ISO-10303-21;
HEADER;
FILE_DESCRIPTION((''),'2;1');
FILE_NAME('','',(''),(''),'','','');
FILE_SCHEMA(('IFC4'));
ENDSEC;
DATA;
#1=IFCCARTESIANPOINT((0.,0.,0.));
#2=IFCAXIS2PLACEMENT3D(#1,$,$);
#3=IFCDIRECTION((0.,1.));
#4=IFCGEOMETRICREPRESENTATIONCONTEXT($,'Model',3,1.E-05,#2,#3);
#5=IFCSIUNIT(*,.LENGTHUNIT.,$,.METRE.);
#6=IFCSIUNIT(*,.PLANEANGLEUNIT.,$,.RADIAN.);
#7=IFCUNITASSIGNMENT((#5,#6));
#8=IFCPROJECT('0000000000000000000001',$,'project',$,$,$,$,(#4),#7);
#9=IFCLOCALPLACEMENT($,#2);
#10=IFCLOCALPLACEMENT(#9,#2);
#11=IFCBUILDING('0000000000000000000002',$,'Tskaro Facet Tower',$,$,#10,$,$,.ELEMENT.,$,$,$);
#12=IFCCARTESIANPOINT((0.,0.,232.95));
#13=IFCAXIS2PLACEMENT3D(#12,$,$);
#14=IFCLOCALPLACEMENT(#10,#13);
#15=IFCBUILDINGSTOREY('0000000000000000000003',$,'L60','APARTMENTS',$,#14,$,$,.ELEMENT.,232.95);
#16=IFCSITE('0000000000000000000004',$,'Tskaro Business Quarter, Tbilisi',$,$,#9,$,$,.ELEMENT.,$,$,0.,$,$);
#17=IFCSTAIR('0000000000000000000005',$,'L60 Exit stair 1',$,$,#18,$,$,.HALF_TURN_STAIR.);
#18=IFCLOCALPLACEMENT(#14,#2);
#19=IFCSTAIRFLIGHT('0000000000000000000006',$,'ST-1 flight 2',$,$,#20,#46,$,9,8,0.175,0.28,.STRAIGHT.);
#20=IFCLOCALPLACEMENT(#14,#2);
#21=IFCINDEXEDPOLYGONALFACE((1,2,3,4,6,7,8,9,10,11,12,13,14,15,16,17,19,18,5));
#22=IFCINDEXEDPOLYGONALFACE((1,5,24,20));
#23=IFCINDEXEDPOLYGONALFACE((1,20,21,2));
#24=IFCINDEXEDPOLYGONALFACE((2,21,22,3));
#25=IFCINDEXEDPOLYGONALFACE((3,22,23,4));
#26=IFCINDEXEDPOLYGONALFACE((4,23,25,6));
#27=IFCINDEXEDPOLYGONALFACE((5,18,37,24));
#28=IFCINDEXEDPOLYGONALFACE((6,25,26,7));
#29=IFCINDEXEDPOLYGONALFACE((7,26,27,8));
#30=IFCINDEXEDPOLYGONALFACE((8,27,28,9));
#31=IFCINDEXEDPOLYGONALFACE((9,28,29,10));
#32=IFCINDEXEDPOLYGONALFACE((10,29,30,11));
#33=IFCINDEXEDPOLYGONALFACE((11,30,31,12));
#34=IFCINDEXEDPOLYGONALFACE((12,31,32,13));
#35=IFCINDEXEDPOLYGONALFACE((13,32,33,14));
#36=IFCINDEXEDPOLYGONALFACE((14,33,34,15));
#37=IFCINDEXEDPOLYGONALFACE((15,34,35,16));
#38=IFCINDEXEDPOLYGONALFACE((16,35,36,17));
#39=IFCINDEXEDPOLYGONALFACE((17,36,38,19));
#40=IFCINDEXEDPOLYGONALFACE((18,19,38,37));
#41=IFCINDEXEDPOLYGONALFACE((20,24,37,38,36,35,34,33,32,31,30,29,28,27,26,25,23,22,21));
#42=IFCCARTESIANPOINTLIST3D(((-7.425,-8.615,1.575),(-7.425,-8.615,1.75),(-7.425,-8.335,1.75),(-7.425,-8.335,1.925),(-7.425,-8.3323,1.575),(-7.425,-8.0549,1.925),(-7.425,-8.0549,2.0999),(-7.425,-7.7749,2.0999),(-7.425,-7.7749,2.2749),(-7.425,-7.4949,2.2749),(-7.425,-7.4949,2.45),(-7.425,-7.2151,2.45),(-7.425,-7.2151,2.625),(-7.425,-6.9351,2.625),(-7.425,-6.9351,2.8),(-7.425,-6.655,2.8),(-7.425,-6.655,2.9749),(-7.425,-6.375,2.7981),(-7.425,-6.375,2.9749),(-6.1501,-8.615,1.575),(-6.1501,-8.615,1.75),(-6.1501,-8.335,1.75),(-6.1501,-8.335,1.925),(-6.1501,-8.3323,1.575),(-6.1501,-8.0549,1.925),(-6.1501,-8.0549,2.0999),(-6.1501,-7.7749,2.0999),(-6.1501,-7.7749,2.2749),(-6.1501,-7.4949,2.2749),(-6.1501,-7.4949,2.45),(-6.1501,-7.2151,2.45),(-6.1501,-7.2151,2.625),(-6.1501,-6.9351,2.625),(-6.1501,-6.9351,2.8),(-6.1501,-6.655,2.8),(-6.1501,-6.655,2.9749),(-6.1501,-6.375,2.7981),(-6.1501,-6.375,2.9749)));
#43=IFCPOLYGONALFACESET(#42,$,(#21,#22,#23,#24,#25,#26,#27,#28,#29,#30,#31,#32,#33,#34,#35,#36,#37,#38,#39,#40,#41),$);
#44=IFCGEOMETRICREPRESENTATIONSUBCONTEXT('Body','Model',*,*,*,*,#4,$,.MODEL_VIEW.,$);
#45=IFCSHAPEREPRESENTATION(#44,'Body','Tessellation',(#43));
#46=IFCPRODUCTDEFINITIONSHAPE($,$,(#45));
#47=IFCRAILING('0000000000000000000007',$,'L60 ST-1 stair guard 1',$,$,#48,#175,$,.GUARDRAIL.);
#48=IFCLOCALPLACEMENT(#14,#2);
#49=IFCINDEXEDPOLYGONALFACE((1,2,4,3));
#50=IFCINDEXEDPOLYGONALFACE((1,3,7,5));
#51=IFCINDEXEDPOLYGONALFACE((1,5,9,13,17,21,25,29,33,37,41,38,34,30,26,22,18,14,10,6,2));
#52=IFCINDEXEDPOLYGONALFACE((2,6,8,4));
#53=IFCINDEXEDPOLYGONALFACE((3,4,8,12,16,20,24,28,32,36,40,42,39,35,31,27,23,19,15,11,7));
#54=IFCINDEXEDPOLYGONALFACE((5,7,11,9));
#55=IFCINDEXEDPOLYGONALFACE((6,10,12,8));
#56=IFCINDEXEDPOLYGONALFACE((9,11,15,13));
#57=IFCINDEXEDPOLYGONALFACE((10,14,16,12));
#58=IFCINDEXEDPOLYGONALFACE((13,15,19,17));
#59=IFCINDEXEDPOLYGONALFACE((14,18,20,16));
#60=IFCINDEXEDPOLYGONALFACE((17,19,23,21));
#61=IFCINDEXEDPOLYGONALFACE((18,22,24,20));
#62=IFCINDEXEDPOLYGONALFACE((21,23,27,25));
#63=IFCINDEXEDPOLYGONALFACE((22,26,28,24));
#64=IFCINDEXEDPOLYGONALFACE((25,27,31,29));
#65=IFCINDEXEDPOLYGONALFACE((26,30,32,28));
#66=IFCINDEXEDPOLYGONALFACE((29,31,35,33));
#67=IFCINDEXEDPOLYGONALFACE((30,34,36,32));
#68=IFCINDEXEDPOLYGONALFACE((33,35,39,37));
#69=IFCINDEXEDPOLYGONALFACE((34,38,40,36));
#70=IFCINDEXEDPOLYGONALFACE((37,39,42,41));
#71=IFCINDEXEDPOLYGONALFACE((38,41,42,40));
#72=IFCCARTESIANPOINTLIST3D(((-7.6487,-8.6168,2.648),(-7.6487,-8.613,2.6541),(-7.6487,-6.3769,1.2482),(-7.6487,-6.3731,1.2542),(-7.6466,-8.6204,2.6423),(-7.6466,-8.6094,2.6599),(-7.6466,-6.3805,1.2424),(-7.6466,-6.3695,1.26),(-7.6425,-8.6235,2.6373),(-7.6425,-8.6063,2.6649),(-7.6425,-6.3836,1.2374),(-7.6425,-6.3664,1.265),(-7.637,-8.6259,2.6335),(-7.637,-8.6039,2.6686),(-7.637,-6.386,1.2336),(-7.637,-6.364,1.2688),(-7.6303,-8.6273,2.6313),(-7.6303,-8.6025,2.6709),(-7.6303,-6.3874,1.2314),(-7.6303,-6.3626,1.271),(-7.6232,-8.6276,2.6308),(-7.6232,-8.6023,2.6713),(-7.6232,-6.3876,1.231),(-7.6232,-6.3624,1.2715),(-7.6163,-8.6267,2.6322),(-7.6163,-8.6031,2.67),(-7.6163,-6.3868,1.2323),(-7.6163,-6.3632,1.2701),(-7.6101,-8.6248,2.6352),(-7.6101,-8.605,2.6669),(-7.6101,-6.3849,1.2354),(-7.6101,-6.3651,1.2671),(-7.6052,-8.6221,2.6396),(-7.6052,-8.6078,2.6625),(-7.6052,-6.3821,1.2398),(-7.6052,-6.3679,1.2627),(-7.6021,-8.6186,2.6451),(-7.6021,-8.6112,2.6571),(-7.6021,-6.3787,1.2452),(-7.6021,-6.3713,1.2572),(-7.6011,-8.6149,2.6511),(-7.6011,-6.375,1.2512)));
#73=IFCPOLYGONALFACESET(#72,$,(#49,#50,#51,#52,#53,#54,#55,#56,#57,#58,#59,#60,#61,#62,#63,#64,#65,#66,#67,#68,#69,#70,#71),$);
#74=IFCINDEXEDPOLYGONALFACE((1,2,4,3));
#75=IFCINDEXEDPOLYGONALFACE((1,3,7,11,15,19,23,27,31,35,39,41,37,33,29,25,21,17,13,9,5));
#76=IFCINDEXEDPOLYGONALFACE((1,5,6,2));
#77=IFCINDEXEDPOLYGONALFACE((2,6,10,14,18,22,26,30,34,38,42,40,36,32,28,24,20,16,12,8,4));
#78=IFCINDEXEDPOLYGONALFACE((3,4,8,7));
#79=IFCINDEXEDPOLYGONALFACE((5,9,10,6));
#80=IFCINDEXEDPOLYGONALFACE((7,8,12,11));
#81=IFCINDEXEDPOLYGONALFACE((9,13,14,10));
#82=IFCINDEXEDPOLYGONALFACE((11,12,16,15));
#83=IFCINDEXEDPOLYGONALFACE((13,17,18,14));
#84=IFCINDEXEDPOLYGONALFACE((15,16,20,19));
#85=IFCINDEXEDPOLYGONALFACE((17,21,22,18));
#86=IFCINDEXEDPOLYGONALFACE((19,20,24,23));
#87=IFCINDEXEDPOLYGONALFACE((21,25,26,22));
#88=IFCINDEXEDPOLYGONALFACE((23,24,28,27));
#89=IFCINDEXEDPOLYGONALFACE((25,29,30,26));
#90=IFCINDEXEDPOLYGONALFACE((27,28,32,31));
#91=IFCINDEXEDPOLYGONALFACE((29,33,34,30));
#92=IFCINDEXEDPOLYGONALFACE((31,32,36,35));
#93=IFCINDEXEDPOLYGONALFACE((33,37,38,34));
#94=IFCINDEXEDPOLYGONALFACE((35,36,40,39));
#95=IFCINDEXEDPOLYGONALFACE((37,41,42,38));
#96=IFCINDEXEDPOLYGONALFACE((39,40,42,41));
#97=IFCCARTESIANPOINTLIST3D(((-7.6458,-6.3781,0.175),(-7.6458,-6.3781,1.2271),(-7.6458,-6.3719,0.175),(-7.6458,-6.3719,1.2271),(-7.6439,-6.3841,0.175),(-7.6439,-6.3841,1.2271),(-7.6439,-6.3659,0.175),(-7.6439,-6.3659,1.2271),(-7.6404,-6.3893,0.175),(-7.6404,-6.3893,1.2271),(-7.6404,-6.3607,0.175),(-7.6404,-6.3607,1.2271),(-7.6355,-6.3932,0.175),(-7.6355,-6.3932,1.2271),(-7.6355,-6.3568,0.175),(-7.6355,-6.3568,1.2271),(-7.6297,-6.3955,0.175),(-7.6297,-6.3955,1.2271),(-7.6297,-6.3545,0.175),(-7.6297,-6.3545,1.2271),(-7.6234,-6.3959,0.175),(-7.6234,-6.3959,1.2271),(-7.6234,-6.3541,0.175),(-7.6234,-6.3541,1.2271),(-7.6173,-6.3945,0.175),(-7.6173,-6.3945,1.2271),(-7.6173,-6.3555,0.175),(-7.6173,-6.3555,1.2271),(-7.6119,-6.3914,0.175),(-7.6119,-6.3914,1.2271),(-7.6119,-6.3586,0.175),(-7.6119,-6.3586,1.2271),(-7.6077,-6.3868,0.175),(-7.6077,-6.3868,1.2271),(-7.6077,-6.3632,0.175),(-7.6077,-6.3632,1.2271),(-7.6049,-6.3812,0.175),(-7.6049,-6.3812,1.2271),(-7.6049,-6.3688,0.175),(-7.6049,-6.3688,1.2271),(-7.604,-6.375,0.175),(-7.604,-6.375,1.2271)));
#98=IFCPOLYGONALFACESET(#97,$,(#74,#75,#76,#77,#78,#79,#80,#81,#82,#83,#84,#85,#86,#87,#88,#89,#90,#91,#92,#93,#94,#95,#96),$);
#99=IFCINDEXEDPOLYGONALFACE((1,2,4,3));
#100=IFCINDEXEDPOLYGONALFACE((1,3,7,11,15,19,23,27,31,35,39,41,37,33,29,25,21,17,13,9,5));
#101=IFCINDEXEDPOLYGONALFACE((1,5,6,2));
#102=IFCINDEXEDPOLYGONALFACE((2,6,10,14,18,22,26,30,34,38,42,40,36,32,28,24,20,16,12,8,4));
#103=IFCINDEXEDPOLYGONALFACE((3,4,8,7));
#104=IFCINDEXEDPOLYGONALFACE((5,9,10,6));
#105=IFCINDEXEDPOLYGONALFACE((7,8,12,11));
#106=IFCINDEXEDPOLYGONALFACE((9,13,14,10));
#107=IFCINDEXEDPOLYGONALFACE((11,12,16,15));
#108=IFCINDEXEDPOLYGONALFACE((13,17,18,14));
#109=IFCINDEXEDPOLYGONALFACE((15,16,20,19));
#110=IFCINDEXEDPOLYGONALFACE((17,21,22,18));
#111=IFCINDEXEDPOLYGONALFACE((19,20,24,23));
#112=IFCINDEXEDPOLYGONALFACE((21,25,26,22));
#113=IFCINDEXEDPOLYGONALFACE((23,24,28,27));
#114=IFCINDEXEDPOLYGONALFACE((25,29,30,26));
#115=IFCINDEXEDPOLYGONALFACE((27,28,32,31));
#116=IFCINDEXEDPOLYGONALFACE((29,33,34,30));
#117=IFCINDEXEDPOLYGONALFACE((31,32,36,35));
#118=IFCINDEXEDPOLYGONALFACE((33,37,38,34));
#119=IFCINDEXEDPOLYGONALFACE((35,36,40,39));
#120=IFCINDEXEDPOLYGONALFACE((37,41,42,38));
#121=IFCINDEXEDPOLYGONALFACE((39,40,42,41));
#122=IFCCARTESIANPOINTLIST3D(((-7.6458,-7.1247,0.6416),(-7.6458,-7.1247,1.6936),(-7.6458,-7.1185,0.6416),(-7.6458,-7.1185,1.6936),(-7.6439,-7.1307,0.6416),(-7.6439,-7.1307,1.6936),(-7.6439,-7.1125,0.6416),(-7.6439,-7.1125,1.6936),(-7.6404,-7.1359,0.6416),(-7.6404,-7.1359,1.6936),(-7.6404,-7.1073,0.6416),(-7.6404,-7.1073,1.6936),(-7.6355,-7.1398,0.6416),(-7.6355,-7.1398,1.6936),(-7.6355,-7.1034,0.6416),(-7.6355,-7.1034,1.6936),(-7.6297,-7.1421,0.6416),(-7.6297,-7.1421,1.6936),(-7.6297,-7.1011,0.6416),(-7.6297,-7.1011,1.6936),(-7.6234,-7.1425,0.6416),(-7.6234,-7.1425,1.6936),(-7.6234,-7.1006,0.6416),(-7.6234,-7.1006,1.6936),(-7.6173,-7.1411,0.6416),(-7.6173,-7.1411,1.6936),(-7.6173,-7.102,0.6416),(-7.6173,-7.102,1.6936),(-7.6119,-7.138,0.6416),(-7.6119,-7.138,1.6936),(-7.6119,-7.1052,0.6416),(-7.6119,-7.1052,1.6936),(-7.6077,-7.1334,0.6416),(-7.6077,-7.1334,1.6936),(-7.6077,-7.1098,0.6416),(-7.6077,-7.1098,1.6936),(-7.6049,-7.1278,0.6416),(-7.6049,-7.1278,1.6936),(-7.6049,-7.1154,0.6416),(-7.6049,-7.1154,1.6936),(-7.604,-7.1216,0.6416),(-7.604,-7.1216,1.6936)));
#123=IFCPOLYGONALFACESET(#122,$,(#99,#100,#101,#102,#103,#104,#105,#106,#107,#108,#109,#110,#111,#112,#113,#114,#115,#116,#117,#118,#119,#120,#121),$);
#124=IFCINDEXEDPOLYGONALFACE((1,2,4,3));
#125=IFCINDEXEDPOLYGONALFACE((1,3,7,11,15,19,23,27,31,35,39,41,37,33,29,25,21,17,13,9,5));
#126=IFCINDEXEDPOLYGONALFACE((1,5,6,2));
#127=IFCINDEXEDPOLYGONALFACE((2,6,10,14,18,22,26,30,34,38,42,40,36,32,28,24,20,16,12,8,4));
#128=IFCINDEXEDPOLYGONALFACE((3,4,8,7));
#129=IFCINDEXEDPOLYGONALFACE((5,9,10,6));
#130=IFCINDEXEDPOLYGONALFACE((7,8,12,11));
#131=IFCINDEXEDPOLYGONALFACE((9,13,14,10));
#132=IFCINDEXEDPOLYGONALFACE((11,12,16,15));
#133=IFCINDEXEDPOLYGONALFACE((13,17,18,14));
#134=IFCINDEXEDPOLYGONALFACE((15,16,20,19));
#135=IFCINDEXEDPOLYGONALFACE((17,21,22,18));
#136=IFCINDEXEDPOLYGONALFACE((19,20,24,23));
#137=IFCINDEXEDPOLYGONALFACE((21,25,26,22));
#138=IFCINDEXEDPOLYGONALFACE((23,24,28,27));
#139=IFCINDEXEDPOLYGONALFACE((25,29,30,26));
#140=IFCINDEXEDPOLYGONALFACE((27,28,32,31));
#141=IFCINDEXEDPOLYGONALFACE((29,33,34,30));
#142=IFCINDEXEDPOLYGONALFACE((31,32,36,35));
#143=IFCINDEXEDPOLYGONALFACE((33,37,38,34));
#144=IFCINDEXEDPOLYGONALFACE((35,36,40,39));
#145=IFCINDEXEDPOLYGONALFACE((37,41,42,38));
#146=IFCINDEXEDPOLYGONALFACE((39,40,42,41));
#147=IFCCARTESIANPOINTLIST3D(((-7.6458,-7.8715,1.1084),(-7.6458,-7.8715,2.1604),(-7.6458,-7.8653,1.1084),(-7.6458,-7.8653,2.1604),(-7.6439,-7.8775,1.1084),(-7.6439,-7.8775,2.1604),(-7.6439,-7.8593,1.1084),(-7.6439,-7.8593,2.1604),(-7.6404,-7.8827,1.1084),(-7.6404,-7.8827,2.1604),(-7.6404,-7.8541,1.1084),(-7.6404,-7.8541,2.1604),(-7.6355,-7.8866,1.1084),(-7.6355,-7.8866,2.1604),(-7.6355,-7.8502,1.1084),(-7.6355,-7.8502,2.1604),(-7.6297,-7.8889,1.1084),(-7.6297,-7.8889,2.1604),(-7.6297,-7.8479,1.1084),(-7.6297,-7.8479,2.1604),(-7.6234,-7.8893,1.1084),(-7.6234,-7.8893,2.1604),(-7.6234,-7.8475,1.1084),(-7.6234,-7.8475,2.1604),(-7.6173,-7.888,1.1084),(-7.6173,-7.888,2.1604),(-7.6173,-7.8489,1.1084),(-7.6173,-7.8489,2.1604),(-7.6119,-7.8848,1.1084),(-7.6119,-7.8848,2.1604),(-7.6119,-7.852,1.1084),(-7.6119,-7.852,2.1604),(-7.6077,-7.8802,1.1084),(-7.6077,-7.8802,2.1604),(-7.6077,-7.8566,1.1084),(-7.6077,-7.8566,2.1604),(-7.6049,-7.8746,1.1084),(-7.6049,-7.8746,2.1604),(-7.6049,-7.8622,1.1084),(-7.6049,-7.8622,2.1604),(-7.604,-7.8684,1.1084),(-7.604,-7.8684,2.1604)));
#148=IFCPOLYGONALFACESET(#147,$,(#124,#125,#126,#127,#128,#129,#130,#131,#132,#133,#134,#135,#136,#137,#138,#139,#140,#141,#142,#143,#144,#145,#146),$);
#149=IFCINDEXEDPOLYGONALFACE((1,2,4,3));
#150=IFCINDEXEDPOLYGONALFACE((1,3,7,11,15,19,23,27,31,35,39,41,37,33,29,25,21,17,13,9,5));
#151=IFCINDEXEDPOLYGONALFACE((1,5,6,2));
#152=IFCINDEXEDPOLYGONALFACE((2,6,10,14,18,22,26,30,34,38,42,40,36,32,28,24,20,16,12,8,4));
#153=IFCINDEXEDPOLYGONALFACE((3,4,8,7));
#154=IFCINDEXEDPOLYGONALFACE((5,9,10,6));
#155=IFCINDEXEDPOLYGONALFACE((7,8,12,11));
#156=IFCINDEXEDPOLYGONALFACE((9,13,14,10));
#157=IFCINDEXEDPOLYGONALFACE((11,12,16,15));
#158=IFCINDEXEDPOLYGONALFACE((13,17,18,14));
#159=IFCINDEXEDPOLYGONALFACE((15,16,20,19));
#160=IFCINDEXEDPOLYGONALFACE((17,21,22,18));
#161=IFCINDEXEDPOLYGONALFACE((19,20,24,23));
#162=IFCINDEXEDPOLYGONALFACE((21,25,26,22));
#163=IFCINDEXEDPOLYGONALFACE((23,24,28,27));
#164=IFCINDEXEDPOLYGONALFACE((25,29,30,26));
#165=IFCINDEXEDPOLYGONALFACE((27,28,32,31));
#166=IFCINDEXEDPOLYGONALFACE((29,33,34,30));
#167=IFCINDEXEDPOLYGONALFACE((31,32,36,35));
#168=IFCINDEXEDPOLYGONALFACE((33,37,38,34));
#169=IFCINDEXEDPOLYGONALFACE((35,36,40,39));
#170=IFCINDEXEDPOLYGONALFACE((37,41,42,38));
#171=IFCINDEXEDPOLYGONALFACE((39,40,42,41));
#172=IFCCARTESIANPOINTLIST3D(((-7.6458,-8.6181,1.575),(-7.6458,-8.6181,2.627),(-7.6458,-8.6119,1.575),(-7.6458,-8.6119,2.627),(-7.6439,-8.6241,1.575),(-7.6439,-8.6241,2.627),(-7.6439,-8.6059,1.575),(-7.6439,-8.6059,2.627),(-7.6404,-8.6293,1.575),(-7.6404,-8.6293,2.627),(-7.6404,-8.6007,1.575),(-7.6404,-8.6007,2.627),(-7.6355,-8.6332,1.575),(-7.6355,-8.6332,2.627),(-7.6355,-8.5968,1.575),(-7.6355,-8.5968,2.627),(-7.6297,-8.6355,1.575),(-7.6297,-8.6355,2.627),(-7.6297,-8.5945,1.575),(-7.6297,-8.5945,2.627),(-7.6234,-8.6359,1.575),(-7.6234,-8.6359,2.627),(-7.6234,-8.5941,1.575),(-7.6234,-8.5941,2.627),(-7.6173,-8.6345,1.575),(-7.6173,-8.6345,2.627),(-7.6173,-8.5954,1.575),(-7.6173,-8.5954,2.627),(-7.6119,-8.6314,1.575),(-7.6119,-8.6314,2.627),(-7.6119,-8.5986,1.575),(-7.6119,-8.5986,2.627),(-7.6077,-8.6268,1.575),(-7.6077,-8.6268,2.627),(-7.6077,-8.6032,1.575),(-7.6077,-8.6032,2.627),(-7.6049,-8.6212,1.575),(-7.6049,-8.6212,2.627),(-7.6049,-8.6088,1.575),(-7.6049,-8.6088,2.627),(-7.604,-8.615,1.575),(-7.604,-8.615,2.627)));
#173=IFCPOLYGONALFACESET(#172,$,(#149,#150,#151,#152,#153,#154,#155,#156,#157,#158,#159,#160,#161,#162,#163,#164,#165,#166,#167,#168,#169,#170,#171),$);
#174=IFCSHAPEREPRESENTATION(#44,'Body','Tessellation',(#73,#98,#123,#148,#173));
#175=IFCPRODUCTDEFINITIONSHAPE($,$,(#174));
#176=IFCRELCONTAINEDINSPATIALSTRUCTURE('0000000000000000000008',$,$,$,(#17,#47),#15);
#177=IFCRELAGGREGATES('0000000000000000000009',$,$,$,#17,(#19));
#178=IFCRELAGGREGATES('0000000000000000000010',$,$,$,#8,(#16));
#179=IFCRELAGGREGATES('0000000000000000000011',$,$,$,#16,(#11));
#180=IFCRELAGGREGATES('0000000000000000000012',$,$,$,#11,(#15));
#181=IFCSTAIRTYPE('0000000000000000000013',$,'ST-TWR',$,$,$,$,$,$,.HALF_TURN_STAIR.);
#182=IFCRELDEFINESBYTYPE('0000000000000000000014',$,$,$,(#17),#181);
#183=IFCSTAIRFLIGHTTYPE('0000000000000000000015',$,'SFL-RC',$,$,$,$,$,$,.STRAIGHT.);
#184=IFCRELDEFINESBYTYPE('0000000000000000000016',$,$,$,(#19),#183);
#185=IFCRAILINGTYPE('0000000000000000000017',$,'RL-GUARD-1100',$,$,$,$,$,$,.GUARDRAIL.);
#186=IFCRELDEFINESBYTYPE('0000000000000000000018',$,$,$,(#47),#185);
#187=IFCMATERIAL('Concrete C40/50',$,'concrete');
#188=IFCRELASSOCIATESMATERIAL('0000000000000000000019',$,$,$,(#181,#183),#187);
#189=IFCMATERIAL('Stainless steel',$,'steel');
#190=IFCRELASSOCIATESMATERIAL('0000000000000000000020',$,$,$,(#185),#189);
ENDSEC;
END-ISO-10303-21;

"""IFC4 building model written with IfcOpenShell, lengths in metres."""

from ifc_helpers import new_model, si_unit, direction, frame, origin, origin_2d, place, context, subcontext, project, spatial, polyline, circle, outline, extrude, material, type_object, element, aggregate, save


model = new_model("IFC4")

# Units and contexts
model_context = context("Model", 3, precision=1e-05, world=origin(), true_north=direction((0.0, 1.0)))
body_context = subcontext(model_context, "Body", "Model", "MODEL_VIEW")
ifc_project = project(units=[si_unit("LENGTHUNIT", "METRE"), si_unit("PLANEANGLEUNIT", "RADIAN")], contexts=[model_context])

# Site, building, storey
site_placement = place(None, origin())
site = spatial("IfcSite", under=ifc_project, at=site_placement, Name="Tskaro Business Quarter, Tbilisi", CompositionType="ELEMENT", RefElevation=0.0)
building_placement = place(site_placement, origin())
building = spatial("IfcBuilding", under=site, at=building_placement, Name="Tskaro Facet Tower", CompositionType="ELEMENT")
storey_placement = place(building_placement, frame((0.0, 0.0, 232.95)))
storey = spatial("IfcBuildingStorey", under=building, at=storey_placement, Name="L60", Description="APARTMENTS", CompositionType="ELEMENT", Elevation=232.95)

# Shared definitions
ifc_material_1 = material(Name="Stainless steel", Category="steel")

# Stair, stair flight
ifc_material_2 = material(Name="Concrete C40/50", Category="concrete")
stair_type = type_object("IfcStairType", Name="ST-TWR", PredefinedType="HALF_TURN_STAIR", material=ifc_material_2)
stair_placement = place(storey_placement, origin())
stair = element("IfcStair", 1, at=stair_placement, inside=storey, type_object=stair_type, Name="L60 Exit stair 1", PredefinedType="HALF_TURN_STAIR")
stair_flight_type = type_object("IfcStairFlightType", Name="SFL-RC", PredefinedType="STRAIGHT", material=ifc_material_2)
stair_flight_1_placement = place(storey_placement, frame((-6.7876, -8.615, 1.575), z_axis=(0.0, 0.0, 1.0), x_axis=(0.0, 1.0, 0.0)))
stair_flight_1 = element("IfcStairFlight", 2, at=stair_flight_1_placement, type_object=stair_flight_type, Name="ST-1 flight 2", NumberOfRisers=9, NumberOfTreads=8, PredefinedType="STRAIGHT", RiserHeight=0.175, TreadLength=0.28, context=body_context, shape_type="SweptSolid", body=[
    extrude(outline(polyline([(0.0, 0.0), (0.0, 0.175), (0.28, 0.175), (0.28, 0.3501), (0.5601, 0.3501), (0.5601, 0.5249), (0.8401, 0.5249), (0.8401, 0.7), (1.1201, 0.7), (1.1201, 0.875), (1.3999, 0.875), (1.3999, 1.05), (1.6799, 1.05), (1.6799, 1.2251), (1.96, 1.2251), (1.96, 1.3999), (2.24, 1.3999), (2.24, 1.575), (2.24, 1.2231), (0.2827, 0.0), (0.0, 0.0)])), frame((0.0, 0.6375, 0.0), z_axis=(0.0, -1.0, 0.0), x_axis=(1.0, 0.0, 0.0)), (0.0, 0.0, 1.0), 1.2749),
])
aggregate(stair, [stair_flight_1])

# Railing
railing_type_1 = type_object("IfcRailingType", Name="RL-GUARD-1100", PredefinedType="GUARDRAIL", material=ifc_material_1)
railing_1_placement = place(storey_placement, frame((-7.625, -6.375, 0.175)))
element("IfcRailing", 3, at=railing_1_placement, inside=storey, type_object=railing_type_1, Name="L60 ST-1 stair guard 1", PredefinedType="GUARDRAIL", context=body_context, shape_type="SweptSolid", body=[
    extrude(circle(Radius=0.0239, at=origin_2d()), frame((0.0, 0.0, 1.0762), z_axis=(0.0, -0.848014, 0.529974), x_axis=(1.0, 0.0, 0.0)), (0.0, 0.0, 1.0), 2.6414),
    extrude(circle(Radius=0.021, at=origin_2d()), origin(), (0.0, 0.0, 1.0), 1.052),
    extrude(circle(Radius=0.021, at=origin_2d()), frame((0.0, -0.7466, 0.4666)), (0.0, 0.0, 1.0), 1.052),
    extrude(circle(Radius=0.021, at=origin_2d()), frame((0.0, -1.4934, 0.9333)), (0.0, 0.0, 1.0), 1.052),
    extrude(circle(Radius=0.021, at=origin_2d()), frame((0.0, -2.24, 1.3999)), (0.0, 0.0, 1.0), 1.052),
])

save(model, "model.ifc")
